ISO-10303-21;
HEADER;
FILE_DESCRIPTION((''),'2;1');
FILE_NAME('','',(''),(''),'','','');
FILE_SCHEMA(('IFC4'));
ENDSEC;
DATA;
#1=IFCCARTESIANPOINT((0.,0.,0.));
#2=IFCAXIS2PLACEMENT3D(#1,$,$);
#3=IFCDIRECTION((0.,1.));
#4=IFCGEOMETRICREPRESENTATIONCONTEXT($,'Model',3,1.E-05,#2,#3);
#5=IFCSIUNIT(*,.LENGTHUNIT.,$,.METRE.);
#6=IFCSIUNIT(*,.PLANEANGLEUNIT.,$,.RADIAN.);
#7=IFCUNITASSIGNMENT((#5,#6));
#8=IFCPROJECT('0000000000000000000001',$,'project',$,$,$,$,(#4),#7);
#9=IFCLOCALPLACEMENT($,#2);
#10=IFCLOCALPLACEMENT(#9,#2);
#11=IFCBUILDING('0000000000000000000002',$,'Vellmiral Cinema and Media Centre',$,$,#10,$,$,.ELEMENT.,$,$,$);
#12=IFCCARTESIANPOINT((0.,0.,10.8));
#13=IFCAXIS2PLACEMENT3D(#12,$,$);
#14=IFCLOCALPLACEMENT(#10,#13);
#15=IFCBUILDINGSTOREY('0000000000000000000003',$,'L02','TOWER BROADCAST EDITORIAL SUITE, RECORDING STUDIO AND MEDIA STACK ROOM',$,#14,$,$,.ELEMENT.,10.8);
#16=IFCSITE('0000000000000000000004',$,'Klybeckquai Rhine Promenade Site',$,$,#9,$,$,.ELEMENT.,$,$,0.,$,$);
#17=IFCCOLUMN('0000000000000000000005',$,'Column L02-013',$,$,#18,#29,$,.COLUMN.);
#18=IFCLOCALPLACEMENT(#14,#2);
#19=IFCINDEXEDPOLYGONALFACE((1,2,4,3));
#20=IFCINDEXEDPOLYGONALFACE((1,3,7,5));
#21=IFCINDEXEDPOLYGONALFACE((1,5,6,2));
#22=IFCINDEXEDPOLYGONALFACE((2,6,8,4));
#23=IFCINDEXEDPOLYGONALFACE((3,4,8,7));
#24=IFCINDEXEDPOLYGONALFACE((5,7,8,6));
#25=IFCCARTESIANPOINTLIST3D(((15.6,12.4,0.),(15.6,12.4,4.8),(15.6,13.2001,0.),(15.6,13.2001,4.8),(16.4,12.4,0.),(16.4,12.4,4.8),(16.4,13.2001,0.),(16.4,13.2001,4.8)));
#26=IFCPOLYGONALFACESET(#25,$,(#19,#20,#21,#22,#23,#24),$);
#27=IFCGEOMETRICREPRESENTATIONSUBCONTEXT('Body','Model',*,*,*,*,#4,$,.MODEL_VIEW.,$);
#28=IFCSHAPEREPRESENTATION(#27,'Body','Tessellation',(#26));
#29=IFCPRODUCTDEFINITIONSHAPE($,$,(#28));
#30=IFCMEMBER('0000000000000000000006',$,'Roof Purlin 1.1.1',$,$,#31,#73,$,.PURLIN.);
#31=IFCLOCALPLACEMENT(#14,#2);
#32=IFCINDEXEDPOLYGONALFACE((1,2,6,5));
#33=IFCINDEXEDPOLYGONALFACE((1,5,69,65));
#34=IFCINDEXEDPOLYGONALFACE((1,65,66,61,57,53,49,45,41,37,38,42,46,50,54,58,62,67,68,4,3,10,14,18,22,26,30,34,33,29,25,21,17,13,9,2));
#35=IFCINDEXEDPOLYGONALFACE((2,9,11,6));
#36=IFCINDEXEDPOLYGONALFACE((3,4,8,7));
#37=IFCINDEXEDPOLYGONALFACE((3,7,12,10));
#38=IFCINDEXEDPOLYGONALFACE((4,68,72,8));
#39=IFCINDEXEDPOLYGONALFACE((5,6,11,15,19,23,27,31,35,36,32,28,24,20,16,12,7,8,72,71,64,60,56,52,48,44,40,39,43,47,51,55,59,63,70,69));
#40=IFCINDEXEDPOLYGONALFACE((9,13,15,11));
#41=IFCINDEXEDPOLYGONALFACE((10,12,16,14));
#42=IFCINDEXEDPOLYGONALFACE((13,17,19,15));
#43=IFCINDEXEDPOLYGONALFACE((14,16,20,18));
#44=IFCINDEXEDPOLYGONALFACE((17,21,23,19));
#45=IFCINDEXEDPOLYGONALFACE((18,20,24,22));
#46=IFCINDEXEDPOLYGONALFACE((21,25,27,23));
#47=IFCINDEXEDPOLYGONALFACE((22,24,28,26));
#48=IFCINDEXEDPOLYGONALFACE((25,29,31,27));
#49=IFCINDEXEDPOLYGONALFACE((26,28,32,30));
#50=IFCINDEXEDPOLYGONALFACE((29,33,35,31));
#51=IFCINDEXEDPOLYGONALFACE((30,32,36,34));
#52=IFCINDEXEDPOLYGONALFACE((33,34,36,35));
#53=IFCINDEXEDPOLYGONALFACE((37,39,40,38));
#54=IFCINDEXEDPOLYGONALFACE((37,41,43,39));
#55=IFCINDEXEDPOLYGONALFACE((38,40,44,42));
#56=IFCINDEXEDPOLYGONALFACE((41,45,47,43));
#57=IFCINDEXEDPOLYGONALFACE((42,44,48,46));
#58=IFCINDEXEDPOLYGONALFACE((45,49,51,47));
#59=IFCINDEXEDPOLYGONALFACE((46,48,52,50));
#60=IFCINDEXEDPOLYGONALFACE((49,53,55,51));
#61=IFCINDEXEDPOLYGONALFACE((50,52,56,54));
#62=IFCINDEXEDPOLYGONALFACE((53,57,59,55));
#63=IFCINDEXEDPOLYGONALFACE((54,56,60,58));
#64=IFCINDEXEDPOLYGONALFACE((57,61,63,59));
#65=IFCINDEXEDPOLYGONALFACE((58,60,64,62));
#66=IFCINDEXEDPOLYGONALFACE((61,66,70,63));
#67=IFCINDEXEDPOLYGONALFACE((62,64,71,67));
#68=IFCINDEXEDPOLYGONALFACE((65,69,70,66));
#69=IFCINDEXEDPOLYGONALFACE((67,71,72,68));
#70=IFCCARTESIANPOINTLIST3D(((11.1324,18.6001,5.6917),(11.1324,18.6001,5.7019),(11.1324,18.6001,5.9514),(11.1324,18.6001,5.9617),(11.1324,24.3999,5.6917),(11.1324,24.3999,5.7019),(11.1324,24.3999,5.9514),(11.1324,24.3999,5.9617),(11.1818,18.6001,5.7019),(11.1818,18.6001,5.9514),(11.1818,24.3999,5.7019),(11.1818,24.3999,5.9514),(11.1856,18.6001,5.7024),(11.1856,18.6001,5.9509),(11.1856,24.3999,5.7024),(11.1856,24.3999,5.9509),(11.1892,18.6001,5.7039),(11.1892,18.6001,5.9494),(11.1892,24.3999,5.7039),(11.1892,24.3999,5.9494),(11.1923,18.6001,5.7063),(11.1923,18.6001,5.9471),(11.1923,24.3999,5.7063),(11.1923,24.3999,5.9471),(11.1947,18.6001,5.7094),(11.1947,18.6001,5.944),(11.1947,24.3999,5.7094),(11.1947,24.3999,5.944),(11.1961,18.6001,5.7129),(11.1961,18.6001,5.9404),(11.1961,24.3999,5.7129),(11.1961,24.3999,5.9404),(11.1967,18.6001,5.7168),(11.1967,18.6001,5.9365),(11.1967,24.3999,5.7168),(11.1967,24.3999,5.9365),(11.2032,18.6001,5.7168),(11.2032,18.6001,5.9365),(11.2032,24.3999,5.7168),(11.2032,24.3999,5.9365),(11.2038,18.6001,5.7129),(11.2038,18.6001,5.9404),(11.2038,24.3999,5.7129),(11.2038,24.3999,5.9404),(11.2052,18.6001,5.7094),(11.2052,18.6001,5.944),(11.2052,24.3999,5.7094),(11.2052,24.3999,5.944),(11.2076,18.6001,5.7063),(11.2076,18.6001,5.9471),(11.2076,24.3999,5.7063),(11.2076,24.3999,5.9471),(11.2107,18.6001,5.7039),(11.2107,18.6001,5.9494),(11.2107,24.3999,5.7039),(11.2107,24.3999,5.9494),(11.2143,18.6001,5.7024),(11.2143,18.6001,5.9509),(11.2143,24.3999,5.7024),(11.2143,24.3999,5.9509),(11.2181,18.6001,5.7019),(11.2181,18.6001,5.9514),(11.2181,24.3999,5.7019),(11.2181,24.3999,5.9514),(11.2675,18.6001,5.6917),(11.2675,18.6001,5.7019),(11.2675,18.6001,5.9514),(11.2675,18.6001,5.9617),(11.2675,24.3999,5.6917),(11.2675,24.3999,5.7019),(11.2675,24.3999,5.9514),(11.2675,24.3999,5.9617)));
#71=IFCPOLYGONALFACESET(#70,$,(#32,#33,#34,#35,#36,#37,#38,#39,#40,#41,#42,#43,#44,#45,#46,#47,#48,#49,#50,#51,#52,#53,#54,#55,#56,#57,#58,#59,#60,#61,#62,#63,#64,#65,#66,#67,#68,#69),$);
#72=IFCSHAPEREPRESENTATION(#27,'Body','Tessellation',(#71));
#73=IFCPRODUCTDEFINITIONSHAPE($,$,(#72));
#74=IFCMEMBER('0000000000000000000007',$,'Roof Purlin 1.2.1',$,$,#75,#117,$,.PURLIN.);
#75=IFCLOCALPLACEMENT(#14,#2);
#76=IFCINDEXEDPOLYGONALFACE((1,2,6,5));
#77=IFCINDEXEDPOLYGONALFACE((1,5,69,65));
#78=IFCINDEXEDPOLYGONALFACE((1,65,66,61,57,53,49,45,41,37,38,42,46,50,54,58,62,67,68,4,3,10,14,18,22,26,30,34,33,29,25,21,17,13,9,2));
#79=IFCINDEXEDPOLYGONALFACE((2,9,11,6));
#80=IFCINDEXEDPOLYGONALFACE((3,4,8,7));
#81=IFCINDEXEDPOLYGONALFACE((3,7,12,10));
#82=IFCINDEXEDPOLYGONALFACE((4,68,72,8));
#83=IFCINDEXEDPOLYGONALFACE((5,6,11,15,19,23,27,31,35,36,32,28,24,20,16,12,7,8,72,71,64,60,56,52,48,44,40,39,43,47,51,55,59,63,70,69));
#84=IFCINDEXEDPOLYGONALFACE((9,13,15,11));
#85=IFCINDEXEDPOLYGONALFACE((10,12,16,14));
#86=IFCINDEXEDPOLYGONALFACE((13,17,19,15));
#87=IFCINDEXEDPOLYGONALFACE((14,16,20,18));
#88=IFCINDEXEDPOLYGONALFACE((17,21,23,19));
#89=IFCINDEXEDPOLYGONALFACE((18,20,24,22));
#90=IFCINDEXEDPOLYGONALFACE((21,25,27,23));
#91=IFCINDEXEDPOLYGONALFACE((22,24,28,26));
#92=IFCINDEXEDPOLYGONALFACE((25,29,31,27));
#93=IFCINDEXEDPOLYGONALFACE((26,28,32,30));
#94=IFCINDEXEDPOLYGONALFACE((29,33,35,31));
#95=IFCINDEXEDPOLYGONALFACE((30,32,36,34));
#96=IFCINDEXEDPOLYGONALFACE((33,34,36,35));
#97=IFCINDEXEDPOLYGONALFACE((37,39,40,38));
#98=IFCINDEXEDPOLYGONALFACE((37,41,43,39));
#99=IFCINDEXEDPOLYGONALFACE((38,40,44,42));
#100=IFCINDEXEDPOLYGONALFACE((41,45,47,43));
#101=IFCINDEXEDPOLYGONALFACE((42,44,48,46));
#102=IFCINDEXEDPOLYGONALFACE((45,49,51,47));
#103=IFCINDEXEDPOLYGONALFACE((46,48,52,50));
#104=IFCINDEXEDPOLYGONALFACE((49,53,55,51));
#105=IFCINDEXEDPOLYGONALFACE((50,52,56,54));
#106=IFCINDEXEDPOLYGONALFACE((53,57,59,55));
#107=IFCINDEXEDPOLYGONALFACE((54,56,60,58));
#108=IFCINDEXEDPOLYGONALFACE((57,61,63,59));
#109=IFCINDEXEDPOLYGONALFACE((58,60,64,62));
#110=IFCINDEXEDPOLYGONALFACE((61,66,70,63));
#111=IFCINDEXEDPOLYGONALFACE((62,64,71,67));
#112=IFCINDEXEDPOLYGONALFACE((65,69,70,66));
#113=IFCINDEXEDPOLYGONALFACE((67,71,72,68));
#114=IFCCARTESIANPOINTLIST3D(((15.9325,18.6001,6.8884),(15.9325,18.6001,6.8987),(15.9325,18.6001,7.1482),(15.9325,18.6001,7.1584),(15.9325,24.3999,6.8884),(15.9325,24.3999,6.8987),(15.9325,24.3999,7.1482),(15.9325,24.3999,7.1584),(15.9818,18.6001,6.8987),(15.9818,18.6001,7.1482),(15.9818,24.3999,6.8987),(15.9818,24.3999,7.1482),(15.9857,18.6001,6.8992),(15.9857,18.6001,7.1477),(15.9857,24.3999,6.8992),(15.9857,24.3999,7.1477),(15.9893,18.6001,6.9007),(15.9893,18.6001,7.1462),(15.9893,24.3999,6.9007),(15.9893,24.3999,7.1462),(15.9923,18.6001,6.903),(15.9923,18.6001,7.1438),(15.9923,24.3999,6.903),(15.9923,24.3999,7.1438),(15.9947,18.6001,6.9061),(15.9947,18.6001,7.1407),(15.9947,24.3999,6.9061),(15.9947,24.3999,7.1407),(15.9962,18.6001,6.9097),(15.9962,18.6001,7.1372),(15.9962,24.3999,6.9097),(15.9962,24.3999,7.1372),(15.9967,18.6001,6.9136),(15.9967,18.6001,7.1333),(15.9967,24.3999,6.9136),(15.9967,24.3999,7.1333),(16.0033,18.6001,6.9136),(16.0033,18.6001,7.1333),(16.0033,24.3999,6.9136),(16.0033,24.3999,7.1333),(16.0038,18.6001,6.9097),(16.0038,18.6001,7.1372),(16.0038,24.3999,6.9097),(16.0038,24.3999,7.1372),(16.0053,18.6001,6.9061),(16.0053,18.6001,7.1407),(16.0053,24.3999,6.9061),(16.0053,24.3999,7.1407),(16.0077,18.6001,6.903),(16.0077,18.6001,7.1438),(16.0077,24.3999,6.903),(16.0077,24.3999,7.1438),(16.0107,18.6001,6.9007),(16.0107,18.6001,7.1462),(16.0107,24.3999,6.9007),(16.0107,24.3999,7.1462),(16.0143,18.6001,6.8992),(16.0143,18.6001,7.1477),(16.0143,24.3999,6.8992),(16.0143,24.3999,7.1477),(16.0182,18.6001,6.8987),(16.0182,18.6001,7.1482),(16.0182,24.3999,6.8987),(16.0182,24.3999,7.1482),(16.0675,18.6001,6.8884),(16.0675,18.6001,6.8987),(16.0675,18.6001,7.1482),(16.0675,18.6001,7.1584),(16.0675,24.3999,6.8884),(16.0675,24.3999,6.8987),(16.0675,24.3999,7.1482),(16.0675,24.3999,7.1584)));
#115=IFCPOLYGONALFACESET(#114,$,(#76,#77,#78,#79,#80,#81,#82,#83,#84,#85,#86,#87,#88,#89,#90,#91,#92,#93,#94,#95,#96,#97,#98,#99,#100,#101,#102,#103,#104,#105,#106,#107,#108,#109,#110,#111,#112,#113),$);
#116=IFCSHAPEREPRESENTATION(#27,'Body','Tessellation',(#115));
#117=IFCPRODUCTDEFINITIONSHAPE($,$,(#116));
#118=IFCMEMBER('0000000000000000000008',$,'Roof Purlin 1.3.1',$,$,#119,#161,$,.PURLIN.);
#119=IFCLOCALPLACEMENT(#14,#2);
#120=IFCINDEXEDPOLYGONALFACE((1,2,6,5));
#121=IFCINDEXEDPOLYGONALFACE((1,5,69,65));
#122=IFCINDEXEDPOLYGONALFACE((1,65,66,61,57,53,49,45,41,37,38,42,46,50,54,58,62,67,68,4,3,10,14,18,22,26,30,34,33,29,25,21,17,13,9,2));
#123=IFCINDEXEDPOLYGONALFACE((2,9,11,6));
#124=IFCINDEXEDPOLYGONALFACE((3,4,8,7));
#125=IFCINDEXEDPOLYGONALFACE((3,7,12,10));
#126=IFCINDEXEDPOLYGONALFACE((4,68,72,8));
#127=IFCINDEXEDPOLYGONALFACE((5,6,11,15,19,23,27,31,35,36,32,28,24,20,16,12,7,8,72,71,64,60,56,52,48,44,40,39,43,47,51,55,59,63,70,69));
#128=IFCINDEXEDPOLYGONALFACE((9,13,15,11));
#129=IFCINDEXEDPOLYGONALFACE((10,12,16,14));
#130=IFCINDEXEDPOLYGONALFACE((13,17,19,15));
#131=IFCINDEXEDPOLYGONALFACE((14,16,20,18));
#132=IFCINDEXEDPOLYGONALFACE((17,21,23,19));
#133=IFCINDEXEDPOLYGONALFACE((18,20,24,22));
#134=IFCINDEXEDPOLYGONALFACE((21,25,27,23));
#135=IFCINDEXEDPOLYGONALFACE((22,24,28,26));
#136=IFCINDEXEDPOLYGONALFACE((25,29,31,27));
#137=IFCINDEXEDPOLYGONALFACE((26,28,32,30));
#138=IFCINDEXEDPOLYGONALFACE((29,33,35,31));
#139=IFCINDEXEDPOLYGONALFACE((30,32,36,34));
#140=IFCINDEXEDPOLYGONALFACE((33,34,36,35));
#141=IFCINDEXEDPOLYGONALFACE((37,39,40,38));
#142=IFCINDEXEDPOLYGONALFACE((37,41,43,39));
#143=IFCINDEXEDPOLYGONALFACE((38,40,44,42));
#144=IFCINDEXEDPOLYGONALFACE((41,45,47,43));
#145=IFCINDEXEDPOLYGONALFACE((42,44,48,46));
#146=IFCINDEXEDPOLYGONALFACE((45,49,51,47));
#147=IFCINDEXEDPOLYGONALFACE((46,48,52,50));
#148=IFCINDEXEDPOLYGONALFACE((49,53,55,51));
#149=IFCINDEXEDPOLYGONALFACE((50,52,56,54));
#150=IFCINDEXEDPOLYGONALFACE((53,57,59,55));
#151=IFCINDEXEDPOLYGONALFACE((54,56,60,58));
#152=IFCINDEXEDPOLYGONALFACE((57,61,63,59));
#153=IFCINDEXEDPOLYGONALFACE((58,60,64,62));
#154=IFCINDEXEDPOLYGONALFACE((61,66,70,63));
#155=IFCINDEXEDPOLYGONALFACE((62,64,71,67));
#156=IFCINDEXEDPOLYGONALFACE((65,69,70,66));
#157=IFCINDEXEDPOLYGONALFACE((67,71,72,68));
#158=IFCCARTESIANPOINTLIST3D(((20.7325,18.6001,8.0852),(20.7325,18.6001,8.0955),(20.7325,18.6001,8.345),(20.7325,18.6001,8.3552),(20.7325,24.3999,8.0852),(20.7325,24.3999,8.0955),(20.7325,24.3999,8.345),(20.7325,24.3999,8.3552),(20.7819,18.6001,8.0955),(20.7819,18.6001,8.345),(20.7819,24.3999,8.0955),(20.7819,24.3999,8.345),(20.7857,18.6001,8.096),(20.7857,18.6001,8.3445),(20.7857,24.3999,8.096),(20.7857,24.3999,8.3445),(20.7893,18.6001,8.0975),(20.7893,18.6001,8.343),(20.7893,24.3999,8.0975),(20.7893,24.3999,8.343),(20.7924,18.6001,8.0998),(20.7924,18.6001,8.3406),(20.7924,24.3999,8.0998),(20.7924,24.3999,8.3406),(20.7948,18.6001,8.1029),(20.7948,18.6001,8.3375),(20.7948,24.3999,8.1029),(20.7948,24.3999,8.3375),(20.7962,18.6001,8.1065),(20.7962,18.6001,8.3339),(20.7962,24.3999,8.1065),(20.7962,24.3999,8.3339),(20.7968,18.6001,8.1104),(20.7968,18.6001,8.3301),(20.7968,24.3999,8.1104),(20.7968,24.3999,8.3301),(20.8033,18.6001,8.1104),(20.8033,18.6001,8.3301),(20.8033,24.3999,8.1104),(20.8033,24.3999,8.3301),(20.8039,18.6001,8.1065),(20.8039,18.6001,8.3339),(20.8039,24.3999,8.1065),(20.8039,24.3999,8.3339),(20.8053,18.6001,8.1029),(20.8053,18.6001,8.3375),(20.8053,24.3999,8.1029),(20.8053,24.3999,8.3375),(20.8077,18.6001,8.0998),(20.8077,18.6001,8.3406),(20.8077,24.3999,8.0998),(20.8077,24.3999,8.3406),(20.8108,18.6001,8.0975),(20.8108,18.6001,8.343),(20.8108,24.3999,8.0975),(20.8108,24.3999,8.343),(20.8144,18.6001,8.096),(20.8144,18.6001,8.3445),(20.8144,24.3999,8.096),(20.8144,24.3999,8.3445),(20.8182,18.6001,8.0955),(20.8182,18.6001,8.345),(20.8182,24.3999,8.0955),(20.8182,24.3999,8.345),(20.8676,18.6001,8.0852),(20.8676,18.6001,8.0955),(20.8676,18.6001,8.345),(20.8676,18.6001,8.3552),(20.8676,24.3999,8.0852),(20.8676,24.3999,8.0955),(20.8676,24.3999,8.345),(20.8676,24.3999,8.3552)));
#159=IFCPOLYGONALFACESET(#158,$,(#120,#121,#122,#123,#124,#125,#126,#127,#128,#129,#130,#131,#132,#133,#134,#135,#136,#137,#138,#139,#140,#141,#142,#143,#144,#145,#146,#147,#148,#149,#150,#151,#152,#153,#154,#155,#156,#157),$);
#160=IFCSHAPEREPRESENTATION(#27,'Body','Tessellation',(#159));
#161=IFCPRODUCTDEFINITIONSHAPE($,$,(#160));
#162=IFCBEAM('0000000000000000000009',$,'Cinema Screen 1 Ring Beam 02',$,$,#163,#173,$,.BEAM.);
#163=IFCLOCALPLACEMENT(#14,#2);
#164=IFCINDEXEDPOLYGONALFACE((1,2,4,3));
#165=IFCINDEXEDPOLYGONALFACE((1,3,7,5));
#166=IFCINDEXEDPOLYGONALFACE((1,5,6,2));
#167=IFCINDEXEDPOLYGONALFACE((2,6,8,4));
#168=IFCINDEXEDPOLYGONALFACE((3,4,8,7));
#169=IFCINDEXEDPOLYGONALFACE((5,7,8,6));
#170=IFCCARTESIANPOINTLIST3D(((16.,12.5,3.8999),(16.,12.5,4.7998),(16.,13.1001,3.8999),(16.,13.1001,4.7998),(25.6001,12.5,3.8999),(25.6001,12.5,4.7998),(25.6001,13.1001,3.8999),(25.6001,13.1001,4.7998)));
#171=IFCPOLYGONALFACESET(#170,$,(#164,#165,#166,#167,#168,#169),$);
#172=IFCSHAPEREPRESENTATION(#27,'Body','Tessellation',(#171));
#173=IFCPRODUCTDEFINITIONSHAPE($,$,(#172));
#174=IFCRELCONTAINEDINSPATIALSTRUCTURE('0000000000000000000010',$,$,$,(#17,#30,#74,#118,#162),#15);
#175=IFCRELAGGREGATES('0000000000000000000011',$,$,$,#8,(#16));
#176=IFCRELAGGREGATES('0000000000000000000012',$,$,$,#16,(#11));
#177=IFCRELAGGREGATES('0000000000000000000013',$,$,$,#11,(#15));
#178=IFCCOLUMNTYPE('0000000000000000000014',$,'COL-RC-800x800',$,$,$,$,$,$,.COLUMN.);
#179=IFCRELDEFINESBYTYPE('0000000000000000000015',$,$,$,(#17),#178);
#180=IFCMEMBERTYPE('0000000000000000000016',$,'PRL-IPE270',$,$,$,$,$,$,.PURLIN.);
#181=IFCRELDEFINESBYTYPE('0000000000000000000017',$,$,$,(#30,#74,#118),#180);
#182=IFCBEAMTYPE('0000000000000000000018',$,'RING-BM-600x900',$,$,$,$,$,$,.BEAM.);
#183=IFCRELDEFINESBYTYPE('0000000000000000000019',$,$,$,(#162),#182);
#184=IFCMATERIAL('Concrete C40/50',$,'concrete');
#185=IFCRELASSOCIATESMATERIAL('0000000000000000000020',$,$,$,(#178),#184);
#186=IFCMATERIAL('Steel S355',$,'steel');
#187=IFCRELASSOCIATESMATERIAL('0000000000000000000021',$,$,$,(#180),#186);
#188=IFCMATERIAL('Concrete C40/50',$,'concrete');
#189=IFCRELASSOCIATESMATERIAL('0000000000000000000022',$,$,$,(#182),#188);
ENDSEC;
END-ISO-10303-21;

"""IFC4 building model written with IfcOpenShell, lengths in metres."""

from ifc_helpers import new_model, si_unit, direction, frame, origin, origin_2d, place, context, subcontext, project, spatial, rectangle, i_section, extrude, material, material_profile, profile_set, type_object, element, save


model = new_model("IFC4")

# Units and contexts
model_context = context("Model", 3, precision=1e-05, world=origin(), true_north=direction((0.0, 1.0)))
body_context = subcontext(model_context, "Body", "Model", "MODEL_VIEW")
ifc_project = project(units=[si_unit("LENGTHUNIT", "METRE"), si_unit("PLANEANGLEUNIT", "RADIAN")], contexts=[model_context])

# Site, building, storey
site_placement = place(None, origin())
site = spatial("IfcSite", under=ifc_project, at=site_placement, Name="Klybeckquai Rhine Promenade Site", CompositionType="ELEMENT", RefElevation=0.0)
building_placement = place(site_placement, origin())
building = spatial("IfcBuilding", under=site, at=building_placement, Name="Vellmiral Cinema and Media Centre", CompositionType="ELEMENT")
storey_placement = place(building_placement, frame((0.0, 0.0, 10.8)))
storey = spatial("IfcBuildingStorey", under=building, at=storey_placement, Name="L02", Description="TOWER BROADCAST EDITORIAL SUITE, RECORDING STUDIO AND MEDIA STACK ROOM", CompositionType="ELEMENT", Elevation=10.8)

# Column
ifc_material_1 = material(Name="Concrete C40/50", Category="concrete")
ifc_material_profile_1 = material_profile(ifc_material_1, rectangle(XDim=0.8, YDim=0.8, at=origin_2d()), Name="RC 800x800")
ifc_profile_set_1 = profile_set([ifc_material_profile_1], Name="Concrete C40/50")
column_type = type_object("IfcColumnType", Name="COL-RC-800x800", PredefinedType="COLUMN", material=ifc_profile_set_1)
column_placement = place(storey_placement, frame((16.0, 12.8, 0.0), z_axis=(0.0, 0.0, 1.0), x_axis=(1.0, 0.0, 0.0)))
element("IfcColumn", 1, at=column_placement, inside=storey, type_object=column_type, Name="Column L02-013", PredefinedType="COLUMN", context=body_context, shape_type="SweptSolid", body=[
    extrude(rectangle(XDim=0.8, YDim=0.8, at=origin_2d()), origin(), (0.0, 0.0, 1.0), 4.8),
])

# Members
ifc_material_2 = material(Name="Steel S355", Category="steel")
ifc_material_profile_2 = material_profile(ifc_material_2, i_section(OverallWidth=0.135, OverallDepth=0.27, WebThickness=0.0066, FlangeThickness=0.0103, FilletRadius=0.0149, at=origin_2d()), Name="IPE 270")
ifc_profile_set_2 = profile_set([ifc_material_profile_2], Name="Steel S355")
member_type_1 = type_object("IfcMemberType", Name="PRL-IPE270", PredefinedType="PURLIN", material=ifc_profile_set_2)
for number, where, z_axis, x_axis, name in (
    (2, (11.2, 18.6001, 5.8267), (0.0, 1.0, 0.0), (-1.0, 0.0, 0.0), "Roof Purlin 1.1.1"),
    (3, (16.0, 18.6001, 7.0234), (0.0, 1.0, 0.0), (-1.0, 0.0, 0.0), "Roof Purlin 1.2.1"),
    (4, (20.8, 18.6001, 8.2202), (0.0, 1.0, 0.0), (-1.0, 0.0, 0.0), "Roof Purlin 1.3.1"),
):
    element("IfcMember", number, at=place(storey_placement, frame(where, z_axis=z_axis, x_axis=x_axis)), inside=storey, type_object=member_type_1, Name=name, PredefinedType="PURLIN", context=body_context, shape_type="SweptSolid", body=[
        extrude(i_section(OverallWidth=0.135, OverallDepth=0.27, WebThickness=0.0066, FlangeThickness=0.0103, FilletRadius=0.0149, at=origin_2d()), origin(), (0.0, 0.0, 1.0), 5.7998),
    ])

# Beam
ifc_material_3 = material(Name="Concrete C40/50", Category="concrete")
ifc_material_profile_3 = material_profile(ifc_material_3, rectangle(XDim=0.6001, YDim=0.8999, at=origin_2d()), Name="RC 600x900")
ifc_profile_set_3 = profile_set([ifc_material_profile_3], Name="Concrete C40/50")
beam_type = type_object("IfcBeamType", Name="RING-BM-600x900", PredefinedType="BEAM", material=ifc_profile_set_3)
beam_placement = place(storey_placement, frame((16.0, 12.8, 4.3499), z_axis=(1.0, 0.0, 0.0), x_axis=(0.0, 1.0, 0.0)))
element("IfcBeam", 5, at=beam_placement, inside=storey, type_object=beam_type, Name="Cinema Screen 1 Ring Beam 02", PredefinedType="BEAM", context=body_context, shape_type="SweptSolid", body=[
    extrude(rectangle(XDim=0.6001, YDim=0.8999, at=origin_2d()), origin(), (0.0, 0.0, 1.0), 9.6001),
])

save(model, "model.ifc")
